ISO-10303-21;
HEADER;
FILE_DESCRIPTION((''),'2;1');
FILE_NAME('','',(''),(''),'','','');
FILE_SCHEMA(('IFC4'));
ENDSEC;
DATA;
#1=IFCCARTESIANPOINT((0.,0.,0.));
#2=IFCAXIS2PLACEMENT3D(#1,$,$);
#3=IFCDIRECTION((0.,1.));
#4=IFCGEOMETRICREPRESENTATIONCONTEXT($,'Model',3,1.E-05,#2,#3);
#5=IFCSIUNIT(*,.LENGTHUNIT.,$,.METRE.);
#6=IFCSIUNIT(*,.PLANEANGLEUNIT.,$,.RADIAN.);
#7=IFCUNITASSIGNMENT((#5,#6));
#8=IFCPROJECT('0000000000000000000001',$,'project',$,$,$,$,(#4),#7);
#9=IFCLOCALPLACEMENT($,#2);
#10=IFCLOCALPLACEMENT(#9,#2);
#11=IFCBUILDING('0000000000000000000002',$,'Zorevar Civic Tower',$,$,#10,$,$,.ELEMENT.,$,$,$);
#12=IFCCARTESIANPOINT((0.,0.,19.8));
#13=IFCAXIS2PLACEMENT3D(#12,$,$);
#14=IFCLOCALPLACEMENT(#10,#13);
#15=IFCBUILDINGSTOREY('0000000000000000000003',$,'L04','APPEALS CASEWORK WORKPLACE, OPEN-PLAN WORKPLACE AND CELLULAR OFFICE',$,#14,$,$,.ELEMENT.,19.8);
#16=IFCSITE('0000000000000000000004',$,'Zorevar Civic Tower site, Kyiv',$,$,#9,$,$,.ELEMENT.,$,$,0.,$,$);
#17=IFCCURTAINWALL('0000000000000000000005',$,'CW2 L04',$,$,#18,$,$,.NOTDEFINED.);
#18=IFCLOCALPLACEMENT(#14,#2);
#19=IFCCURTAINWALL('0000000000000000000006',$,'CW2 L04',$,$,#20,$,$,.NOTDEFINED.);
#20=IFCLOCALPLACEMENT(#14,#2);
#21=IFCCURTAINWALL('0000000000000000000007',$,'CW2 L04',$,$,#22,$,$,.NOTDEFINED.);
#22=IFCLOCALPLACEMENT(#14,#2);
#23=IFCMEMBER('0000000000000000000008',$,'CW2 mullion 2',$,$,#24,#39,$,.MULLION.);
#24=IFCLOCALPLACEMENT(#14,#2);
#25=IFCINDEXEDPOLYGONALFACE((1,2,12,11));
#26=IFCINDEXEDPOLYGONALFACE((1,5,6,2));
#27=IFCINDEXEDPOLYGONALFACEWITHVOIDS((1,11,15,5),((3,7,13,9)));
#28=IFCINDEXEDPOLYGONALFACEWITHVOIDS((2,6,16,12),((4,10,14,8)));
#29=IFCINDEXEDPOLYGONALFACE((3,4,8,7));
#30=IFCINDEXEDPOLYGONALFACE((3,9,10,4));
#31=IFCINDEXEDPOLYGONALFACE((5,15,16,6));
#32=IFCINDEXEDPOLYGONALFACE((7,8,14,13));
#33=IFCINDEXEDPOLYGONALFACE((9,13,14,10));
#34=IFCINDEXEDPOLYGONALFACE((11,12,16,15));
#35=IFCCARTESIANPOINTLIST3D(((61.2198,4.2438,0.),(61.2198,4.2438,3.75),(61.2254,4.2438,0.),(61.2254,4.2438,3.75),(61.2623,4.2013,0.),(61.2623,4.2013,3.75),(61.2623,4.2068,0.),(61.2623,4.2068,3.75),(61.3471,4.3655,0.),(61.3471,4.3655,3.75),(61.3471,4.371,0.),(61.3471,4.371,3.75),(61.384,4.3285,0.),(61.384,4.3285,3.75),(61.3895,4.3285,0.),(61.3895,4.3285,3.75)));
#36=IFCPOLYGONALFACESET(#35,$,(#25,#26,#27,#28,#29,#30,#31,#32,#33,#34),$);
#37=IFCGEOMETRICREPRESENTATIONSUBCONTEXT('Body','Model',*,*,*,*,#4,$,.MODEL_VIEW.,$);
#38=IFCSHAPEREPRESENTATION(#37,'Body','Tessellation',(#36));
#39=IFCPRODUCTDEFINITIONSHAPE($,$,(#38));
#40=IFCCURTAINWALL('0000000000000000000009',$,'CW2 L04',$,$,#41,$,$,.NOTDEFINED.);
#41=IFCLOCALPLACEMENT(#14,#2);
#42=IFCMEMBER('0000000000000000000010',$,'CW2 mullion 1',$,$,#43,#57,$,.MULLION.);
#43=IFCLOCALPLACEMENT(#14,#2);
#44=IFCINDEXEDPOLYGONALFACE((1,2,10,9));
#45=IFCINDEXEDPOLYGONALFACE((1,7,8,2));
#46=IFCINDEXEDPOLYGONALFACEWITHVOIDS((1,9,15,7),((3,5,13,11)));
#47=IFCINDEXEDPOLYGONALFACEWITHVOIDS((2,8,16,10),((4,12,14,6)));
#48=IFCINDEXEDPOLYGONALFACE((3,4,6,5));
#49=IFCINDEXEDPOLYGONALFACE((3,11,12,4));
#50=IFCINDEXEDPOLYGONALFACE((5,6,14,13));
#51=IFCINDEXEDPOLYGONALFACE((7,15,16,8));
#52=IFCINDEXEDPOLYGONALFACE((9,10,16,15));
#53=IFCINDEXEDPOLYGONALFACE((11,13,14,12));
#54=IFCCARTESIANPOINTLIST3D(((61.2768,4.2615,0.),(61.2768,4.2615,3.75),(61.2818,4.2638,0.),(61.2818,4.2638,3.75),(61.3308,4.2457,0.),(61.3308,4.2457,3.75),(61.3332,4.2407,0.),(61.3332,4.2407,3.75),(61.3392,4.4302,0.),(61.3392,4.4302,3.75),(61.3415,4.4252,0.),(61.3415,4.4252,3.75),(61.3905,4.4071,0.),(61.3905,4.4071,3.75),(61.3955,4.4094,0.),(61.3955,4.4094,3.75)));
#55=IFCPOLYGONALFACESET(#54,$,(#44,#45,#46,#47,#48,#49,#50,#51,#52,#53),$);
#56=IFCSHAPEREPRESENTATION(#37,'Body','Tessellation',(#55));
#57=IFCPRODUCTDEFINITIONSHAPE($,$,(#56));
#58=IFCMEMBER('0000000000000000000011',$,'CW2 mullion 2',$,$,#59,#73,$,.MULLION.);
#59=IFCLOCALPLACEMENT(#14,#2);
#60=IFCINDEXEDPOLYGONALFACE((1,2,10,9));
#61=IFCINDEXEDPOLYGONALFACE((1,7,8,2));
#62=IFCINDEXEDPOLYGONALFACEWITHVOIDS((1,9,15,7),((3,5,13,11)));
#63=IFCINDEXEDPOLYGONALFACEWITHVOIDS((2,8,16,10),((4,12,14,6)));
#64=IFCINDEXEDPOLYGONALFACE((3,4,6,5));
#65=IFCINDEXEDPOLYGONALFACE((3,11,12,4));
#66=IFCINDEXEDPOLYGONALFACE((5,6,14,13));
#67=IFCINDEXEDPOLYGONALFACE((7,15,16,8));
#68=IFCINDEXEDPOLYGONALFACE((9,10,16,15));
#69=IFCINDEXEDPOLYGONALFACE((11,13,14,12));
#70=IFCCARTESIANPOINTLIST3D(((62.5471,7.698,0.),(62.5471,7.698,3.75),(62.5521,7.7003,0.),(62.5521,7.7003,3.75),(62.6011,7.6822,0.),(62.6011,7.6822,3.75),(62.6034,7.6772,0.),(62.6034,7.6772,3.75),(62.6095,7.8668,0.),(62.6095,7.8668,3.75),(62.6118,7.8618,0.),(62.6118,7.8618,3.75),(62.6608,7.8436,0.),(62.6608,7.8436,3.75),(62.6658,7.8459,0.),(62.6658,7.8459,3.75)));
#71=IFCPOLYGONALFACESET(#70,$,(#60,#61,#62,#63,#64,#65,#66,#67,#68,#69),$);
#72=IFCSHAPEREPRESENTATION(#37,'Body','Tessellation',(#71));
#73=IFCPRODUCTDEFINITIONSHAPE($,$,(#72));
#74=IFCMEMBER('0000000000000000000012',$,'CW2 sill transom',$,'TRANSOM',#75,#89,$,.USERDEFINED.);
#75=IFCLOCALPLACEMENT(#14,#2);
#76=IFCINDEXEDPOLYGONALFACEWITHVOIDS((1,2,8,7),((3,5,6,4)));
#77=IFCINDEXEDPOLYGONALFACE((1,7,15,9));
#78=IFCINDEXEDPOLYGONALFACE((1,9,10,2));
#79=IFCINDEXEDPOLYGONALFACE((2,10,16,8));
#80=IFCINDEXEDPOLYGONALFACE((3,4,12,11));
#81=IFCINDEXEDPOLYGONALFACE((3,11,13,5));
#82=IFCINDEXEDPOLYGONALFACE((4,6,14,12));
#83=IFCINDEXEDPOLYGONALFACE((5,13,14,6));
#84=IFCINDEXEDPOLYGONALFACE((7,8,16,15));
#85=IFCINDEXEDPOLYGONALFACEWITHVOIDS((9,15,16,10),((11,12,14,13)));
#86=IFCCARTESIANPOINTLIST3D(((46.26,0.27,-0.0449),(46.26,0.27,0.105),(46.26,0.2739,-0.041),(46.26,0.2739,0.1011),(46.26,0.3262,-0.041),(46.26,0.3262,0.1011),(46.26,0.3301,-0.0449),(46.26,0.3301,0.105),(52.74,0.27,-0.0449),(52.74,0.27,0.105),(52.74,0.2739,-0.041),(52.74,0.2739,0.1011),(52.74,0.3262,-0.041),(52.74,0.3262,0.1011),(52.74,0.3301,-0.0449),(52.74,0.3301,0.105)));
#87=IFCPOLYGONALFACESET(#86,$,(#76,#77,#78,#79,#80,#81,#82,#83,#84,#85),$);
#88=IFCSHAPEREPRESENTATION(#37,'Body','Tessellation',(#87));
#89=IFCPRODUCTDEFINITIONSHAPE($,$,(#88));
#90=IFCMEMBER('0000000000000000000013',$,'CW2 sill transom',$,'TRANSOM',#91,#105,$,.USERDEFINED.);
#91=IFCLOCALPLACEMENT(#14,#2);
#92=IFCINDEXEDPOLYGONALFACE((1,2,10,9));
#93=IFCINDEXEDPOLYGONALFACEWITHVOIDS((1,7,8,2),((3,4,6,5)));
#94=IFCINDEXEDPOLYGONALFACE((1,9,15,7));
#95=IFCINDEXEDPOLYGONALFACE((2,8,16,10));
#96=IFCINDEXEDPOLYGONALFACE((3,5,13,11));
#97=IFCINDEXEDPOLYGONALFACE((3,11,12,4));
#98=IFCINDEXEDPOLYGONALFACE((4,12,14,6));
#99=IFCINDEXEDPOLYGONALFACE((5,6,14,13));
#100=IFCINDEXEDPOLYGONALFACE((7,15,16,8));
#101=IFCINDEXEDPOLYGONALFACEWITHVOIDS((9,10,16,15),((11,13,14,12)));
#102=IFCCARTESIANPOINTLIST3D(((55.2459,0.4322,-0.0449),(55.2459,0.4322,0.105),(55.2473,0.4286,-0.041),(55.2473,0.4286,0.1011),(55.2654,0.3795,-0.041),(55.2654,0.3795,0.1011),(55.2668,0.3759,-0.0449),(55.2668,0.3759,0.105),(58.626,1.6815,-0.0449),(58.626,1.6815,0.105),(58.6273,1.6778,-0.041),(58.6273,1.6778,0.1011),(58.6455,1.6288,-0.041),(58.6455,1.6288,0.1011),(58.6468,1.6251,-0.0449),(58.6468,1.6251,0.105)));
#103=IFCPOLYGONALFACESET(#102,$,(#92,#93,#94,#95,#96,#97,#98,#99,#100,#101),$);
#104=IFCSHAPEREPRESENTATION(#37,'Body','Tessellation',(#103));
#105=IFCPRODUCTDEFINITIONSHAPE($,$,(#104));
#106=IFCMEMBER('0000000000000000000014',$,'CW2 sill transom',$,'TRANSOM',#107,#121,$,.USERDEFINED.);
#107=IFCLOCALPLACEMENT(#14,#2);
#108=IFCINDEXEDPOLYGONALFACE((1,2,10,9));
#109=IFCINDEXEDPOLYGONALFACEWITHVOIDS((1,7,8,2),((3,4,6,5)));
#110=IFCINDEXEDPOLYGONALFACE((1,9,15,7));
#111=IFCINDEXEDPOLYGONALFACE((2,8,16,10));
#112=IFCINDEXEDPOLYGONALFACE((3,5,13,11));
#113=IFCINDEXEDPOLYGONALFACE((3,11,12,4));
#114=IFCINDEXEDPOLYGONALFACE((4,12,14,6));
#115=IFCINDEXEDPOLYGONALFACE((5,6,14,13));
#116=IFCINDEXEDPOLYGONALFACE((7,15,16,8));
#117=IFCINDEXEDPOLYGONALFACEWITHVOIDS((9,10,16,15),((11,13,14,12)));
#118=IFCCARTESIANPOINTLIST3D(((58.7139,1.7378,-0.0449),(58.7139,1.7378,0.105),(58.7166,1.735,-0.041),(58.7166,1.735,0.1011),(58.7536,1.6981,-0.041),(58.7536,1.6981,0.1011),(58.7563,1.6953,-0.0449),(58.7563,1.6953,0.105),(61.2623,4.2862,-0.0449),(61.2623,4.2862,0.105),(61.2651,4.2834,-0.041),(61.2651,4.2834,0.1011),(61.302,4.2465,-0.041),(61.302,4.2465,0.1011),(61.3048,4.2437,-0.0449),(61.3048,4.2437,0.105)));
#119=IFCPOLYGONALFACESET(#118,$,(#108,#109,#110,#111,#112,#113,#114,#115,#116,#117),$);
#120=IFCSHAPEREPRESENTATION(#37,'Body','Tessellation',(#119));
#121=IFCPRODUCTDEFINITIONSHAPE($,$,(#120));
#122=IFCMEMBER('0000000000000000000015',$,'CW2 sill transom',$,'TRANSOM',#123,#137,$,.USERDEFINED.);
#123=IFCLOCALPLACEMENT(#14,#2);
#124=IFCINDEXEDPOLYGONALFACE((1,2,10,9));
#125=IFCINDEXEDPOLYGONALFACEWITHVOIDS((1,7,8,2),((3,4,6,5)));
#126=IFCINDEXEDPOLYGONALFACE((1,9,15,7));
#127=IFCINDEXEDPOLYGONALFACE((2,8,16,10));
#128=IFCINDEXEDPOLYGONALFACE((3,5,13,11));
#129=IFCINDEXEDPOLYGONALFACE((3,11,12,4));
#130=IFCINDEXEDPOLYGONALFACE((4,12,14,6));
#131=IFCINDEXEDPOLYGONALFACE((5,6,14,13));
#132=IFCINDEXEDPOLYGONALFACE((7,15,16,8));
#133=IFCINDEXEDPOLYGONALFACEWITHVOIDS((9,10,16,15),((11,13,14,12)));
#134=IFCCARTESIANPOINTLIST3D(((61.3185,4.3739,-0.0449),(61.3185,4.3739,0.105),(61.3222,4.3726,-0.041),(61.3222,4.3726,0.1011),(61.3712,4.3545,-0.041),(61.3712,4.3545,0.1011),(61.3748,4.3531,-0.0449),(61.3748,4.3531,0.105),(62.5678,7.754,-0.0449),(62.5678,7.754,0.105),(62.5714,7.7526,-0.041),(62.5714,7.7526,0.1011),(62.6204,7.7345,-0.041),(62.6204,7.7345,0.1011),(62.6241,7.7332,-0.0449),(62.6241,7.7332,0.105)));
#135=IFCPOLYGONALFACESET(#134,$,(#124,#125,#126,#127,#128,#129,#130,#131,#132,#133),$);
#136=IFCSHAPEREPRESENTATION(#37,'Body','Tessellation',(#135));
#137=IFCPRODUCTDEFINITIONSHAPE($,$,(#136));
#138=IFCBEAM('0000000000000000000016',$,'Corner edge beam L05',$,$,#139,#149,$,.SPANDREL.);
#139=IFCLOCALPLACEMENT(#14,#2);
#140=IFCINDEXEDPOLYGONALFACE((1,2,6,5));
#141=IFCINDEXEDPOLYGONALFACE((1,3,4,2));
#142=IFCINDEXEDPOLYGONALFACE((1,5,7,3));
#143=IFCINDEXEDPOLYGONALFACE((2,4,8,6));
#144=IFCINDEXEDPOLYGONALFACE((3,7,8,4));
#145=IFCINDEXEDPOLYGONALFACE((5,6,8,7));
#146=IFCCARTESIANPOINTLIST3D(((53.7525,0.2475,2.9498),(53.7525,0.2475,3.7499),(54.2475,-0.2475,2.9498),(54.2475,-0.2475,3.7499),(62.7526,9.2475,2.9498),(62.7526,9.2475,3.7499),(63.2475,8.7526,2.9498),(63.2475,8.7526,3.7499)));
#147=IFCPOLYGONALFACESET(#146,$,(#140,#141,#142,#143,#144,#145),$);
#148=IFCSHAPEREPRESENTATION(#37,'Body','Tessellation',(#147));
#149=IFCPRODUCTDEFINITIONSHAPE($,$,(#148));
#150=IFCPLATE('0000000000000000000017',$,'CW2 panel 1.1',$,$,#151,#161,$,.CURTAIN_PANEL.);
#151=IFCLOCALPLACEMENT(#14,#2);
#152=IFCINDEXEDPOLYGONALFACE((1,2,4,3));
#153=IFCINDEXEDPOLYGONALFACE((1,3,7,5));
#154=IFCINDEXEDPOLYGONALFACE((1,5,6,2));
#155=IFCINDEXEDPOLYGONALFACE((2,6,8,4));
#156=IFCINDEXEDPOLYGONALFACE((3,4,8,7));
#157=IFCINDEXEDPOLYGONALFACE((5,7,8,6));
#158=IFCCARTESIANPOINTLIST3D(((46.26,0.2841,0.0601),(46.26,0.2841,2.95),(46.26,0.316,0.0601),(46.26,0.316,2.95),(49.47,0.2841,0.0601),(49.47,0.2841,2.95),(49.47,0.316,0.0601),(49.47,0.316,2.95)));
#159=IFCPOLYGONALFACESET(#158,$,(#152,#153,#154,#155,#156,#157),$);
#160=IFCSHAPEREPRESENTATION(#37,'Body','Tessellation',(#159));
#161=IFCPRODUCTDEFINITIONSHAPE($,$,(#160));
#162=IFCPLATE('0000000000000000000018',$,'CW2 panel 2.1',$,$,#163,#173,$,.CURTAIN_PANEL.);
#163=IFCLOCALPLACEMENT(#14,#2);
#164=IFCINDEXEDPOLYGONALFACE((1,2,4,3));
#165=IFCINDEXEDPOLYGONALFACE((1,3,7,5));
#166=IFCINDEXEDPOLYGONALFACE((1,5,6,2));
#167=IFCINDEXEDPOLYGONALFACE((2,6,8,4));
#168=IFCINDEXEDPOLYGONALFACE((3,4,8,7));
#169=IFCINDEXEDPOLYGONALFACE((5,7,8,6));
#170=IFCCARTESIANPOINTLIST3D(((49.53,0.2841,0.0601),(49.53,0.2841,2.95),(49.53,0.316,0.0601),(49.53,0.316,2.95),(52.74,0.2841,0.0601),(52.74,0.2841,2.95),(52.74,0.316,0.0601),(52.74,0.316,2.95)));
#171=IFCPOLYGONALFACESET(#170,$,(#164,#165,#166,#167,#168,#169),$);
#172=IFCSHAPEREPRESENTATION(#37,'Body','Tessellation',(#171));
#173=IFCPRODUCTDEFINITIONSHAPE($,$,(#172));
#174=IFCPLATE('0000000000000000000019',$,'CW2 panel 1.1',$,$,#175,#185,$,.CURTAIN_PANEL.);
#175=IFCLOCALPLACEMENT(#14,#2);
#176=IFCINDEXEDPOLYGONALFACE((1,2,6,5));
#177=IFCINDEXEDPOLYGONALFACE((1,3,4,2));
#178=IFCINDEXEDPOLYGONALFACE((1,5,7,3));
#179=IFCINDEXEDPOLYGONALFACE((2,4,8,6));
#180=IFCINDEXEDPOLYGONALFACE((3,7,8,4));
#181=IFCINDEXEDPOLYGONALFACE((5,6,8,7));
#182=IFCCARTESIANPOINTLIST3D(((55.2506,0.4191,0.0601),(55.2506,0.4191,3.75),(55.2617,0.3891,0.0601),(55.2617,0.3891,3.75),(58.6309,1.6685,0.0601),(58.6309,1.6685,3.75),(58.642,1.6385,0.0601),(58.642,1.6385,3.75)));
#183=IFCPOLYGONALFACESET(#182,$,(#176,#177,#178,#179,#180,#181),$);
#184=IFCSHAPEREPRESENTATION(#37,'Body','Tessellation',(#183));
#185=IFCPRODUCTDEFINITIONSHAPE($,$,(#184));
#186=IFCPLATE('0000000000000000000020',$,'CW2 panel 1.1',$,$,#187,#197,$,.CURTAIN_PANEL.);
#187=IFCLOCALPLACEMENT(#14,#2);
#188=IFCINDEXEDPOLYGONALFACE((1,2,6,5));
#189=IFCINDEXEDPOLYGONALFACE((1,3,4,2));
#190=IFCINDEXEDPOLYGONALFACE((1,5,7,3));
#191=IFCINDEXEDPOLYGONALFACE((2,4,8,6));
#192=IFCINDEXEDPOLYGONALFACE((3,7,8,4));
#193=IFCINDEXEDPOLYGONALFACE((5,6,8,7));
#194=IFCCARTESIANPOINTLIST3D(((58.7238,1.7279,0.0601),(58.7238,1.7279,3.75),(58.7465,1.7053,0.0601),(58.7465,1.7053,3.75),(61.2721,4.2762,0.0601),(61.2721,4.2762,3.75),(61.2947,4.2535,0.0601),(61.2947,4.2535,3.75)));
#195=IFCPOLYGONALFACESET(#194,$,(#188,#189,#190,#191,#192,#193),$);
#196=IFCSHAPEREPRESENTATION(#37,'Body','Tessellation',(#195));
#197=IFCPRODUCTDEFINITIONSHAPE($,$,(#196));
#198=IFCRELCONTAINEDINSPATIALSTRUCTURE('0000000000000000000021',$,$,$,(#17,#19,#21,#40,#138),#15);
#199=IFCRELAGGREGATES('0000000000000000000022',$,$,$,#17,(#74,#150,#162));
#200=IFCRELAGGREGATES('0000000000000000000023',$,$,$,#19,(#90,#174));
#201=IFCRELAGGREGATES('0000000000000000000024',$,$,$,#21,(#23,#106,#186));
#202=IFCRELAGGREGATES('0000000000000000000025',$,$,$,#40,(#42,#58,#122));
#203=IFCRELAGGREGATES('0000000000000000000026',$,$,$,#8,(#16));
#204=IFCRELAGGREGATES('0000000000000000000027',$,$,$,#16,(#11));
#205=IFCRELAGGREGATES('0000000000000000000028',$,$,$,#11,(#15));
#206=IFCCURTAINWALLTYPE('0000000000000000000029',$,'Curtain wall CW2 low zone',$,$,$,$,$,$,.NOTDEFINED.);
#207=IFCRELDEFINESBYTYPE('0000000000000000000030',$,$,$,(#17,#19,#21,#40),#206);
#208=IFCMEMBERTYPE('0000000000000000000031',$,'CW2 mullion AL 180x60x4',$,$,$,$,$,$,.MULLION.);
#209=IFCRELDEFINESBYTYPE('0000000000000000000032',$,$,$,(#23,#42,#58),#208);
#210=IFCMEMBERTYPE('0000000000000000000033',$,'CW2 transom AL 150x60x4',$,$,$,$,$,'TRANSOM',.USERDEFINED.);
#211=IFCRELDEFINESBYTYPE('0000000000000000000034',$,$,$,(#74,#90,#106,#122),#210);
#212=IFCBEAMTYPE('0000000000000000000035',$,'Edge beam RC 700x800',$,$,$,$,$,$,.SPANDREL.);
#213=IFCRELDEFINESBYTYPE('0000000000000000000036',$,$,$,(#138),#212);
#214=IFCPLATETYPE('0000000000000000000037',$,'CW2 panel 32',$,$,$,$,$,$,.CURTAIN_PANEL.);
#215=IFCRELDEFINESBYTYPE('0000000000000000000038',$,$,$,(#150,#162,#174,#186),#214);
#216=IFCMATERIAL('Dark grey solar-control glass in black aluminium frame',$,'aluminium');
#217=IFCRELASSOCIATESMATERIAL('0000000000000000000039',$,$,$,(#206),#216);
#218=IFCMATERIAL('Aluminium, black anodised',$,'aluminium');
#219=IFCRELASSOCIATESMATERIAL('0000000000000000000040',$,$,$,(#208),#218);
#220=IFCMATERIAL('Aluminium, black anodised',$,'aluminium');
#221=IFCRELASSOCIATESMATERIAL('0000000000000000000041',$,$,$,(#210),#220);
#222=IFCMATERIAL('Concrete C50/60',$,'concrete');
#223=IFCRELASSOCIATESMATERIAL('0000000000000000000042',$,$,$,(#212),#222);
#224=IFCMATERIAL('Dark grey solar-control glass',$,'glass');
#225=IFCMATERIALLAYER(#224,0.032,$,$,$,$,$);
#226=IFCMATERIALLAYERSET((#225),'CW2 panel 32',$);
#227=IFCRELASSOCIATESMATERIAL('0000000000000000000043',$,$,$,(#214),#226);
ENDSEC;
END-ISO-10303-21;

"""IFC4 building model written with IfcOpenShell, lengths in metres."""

from ifc_helpers import new_model, si_unit, direction, frame, origin, origin_2d, place, context, subcontext, project, spatial, rectangle, hollow_rectangle, extrude, material, layer, layer_set, material_profile, profile_set, type_object, element, aggregate, save


model = new_model("IFC4")

# Units and contexts
model_context = context("Model", 3, precision=1e-05, world=origin(), true_north=direction((0.0, 1.0)))
body_context = subcontext(model_context, "Body", "Model", "MODEL_VIEW")
ifc_project = project(units=[si_unit("LENGTHUNIT", "METRE"), si_unit("PLANEANGLEUNIT", "RADIAN")], contexts=[model_context])

# Site, building, storey
site_placement = place(None, origin())
site = spatial("IfcSite", under=ifc_project, at=site_placement, Name="Zorevar Civic Tower site, Kyiv", CompositionType="ELEMENT", RefElevation=0.0)
building_placement = place(site_placement, origin())
building = spatial("IfcBuilding", under=site, at=building_placement, Name="Zorevar Civic Tower", CompositionType="ELEMENT")
storey_placement = place(building_placement, frame((0.0, 0.0, 19.8)))
storey = spatial("IfcBuildingStorey", under=building, at=storey_placement, Name="L04", Description="APPEALS CASEWORK WORKPLACE, OPEN-PLAN WORKPLACE AND CELLULAR OFFICE", CompositionType="ELEMENT", Elevation=19.8)

# Curtain walls, members
ifc_material_1 = material(Name="Dark grey solar-control glass in black aluminium frame", Category="aluminium")
curtain_wall_type = type_object("IfcCurtainWallType", Name="Curtain wall CW2 low zone", PredefinedType="NOTDEFINED", material=ifc_material_1)
curtain_wall_1_placement = place(storey_placement, origin())
curtain_wall_1 = element("IfcCurtainWall", 1, at=curtain_wall_1_placement, inside=storey, type_object=curtain_wall_type, Name="CW2 L04", PredefinedType="NOTDEFINED")
ifc_material_2 = material(Name="Aluminium, black anodised", Category="aluminium")
ifc_material_profile_1 = material_profile(ifc_material_2, hollow_rectangle(XDim=0.0601, YDim=0.1799, WallThickness=0.0039, at=origin_2d()), Name="AL 180x60x4")
ifc_profile_set_1 = profile_set([ifc_material_profile_1], Name="Aluminium, black anodised")
member_type_1 = type_object("IfcMemberType", Name="CW2 mullion AL 180x60x4", PredefinedType="MULLION", material=ifc_profile_set_1)
curtain_wall_2_placement = place(storey_placement, origin())
curtain_wall_2 = element("IfcCurtainWall", 2, at=curtain_wall_2_placement, inside=storey, type_object=curtain_wall_type, Name="CW2 L04", PredefinedType="NOTDEFINED")
curtain_wall_3_placement = place(storey_placement, origin())
curtain_wall_3 = element("IfcCurtainWall", 3, at=curtain_wall_3_placement, inside=storey, type_object=curtain_wall_type, Name="CW2 L04", PredefinedType="NOTDEFINED")
member_1_placement = place(storey_placement, frame((61.3047, 4.2861, 0.0), z_axis=(0.0, 0.0, 1.0), x_axis=(-0.707107, 0.707107, 0.0)))
member_1 = element("IfcMember", 4, at=member_1_placement, type_object=member_type_1, Name="CW2 mullion 2", PredefinedType="MULLION", context=body_context, shape_type="SweptSolid", body=[
    extrude(hollow_rectangle(XDim=0.0601, YDim=0.1799, WallThickness=0.0039, at=origin_2d()), origin(), (0.0, 0.0, 1.0), 3.75),
])
curtain_wall_4_placement = place(storey_placement, origin())
curtain_wall_4 = element("IfcCurtainWall", 5, at=curtain_wall_4_placement, inside=storey, type_object=curtain_wall_type, Name="CW2 L04", PredefinedType="NOTDEFINED")
member_2_placement = place(storey_placement, frame((61.3362, 4.3354, 0.0), z_axis=(0.0, 0.0, 1.0), x_axis=(-0.937975, 0.346704, 0.0)))
member_2 = element("IfcMember", 6, at=member_2_placement, type_object=member_type_1, Name="CW2 mullion 1", PredefinedType="MULLION", context=body_context, shape_type="SweptSolid", body=[
    extrude(hollow_rectangle(XDim=0.0601, YDim=0.1799, WallThickness=0.0039, at=origin_2d()), origin(), (0.0, 0.0, 1.0), 3.75),
])
member_3_placement = place(storey_placement, frame((62.6064, 7.772, 0.0), z_axis=(0.0, 0.0, 1.0), x_axis=(-0.937975, 0.346704, 0.0)))
member_3 = element("IfcMember", 7, at=member_3_placement, type_object=member_type_1, Name="CW2 mullion 2", PredefinedType="MULLION", context=body_context, shape_type="SweptSolid", body=[
    extrude(hollow_rectangle(XDim=0.0601, YDim=0.1799, WallThickness=0.0039, at=origin_2d()), origin(), (0.0, 0.0, 1.0), 3.75),
])

# Members
ifc_material_3 = material(Name="Aluminium, black anodised", Category="aluminium")
ifc_material_profile_2 = material_profile(ifc_material_3, hollow_rectangle(XDim=0.0601, YDim=0.1499, WallThickness=0.0039, at=origin_2d()), Name="AL 150x60x4")
ifc_profile_set_2 = profile_set([ifc_material_profile_2], Name="Aluminium, black anodised")
member_type_2 = type_object("IfcMemberType", Name="CW2 transom AL 150x60x4", ElementType="TRANSOM", PredefinedType="USERDEFINED", material=ifc_profile_set_2)
member_4_placement = place(storey_placement, frame((46.26, 0.3, 0.03), z_axis=(1.0, 0.0, 0.0), x_axis=(0.0, 1.0, 0.0)))
member_4 = element("IfcMember", 8, at=member_4_placement, type_object=member_type_2, Name="CW2 sill transom", ObjectType="TRANSOM", PredefinedType="USERDEFINED", context=body_context, shape_type="SweptSolid", body=[
    extrude(hollow_rectangle(XDim=0.0601, YDim=0.1499, WallThickness=0.0039, at=origin_2d()), origin(), (0.0, 0.0, 1.0), 6.48),
])
member_5_placement = place(storey_placement, frame((55.2563, 0.4041, 0.03), z_axis=(0.937986, 0.346672, 0.0), x_axis=(-0.346672, 0.937986, 0.0)))
member_5 = element("IfcMember", 9, at=member_5_placement, type_object=member_type_2, Name="CW2 sill transom", ObjectType="TRANSOM", PredefinedType="USERDEFINED", context=body_context, shape_type="SweptSolid", body=[
    extrude(hollow_rectangle(XDim=0.0601, YDim=0.1499, WallThickness=0.0039, at=origin_2d()), origin(), (0.0, 0.0, 1.0), 3.6035),
])
member_6_placement = place(storey_placement, frame((58.7351, 1.7166, 0.03), z_axis=(0.707107, 0.707107, 0.0), x_axis=(-0.707107, 0.707107, 0.0)))
member_6 = element("IfcMember", 10, at=member_6_placement, type_object=member_type_2, Name="CW2 sill transom", ObjectType="TRANSOM", PredefinedType="USERDEFINED", context=body_context, shape_type="SweptSolid", body=[
    extrude(hollow_rectangle(XDim=0.0601, YDim=0.1499, WallThickness=0.0039, at=origin_2d()), origin(), (0.0, 0.0, 1.0), 3.604),
])
member_7_placement = place(storey_placement, frame((61.3467, 4.3635, 0.03), z_axis=(0.346672, 0.937986, 0.0), x_axis=(-0.937986, 0.346672, 0.0)))
member_7 = element("IfcMember", 11, at=member_7_placement, type_object=member_type_2, Name="CW2 sill transom", ObjectType="TRANSOM", PredefinedType="USERDEFINED", context=body_context, shape_type="SweptSolid", body=[
    extrude(hollow_rectangle(XDim=0.0601, YDim=0.1499, WallThickness=0.0039, at=origin_2d()), origin(), (0.0, 0.0, 1.0), 3.6035),
])

# Beam
ifc_material_4 = material(Name="Concrete C50/60", Category="concrete")
ifc_material_profile_3 = material_profile(ifc_material_4, rectangle(XDim=0.7, YDim=0.8, at=origin_2d()), Name="RC 700x800")
ifc_profile_set_3 = profile_set([ifc_material_profile_3], Name="Concrete C50/60")
beam_type_1 = type_object("IfcBeamType", Name="Edge beam RC 700x800", PredefinedType="SPANDREL", material=ifc_profile_set_3)
beam_1_placement = place(storey_placement, frame((54.0, 0.0, 3.3499), z_axis=(0.707107, 0.707107, 0.0), x_axis=(-0.707107, 0.707107, 0.0)))
element("IfcBeam", 12, at=beam_1_placement, inside=storey, type_object=beam_type_1, Name="Corner edge beam L05", PredefinedType="SPANDREL", context=body_context, shape_type="SweptSolid", body=[
    extrude(rectangle(XDim=0.7, YDim=0.8, at=origin_2d()), origin(), (0.0, 0.0, 1.0), 12.728),
])

# Plates
ifc_material_5 = material(Name="Dark grey solar-control glass", Category="glass")
ifc_layer_1 = layer(ifc_material_5, 0.032)
ifc_layer_set_1 = layer_set([ifc_layer_1], Name="CW2 panel 32")
plate_type = type_object("IfcPlateType", Name="CW2 panel 32", PredefinedType="CURTAIN_PANEL", material=ifc_layer_set_1)
plate_1_placement = place(storey_placement, frame((47.865, 0.3, 0.0601), z_axis=(0.0, 0.0, 1.0), x_axis=(1.0, 0.0, 0.0)))
plate_1 = element("IfcPlate", 13, at=plate_1_placement, type_object=plate_type, Name="CW2 panel 1.1", PredefinedType="CURTAIN_PANEL", context=body_context, shape_type="SweptSolid", body=[
    extrude(rectangle(XDim=3.21, YDim=0.032, at=origin_2d()), origin(), (0.0, 0.0, 1.0), 2.8899),
])
plate_2_placement = place(storey_placement, frame((51.135, 0.3, 0.0601), z_axis=(0.0, 0.0, 1.0), x_axis=(1.0, 0.0, 0.0)))
plate_2 = element("IfcPlate", 14, at=plate_2_placement, type_object=plate_type, Name="CW2 panel 2.1", PredefinedType="CURTAIN_PANEL", context=body_context, shape_type="SweptSolid", body=[
    extrude(rectangle(XDim=3.21, YDim=0.032, at=origin_2d()), origin(), (0.0, 0.0, 1.0), 2.8899),
])
aggregate(curtain_wall_1, [member_4, plate_1, plate_2])
plate_3_placement = place(storey_placement, frame((56.9463, 1.0288, 0.0601), z_axis=(0.0, 0.0, 1.0), x_axis=(0.937975, 0.346704, 0.0)))
plate_3 = element("IfcPlate", 15, at=plate_3_placement, type_object=plate_type, Name="CW2 panel 1.1", PredefinedType="CURTAIN_PANEL", context=body_context, shape_type="SweptSolid", body=[
    extrude(rectangle(XDim=3.6038, YDim=0.032, at=origin_2d()), origin(), (0.0, 0.0, 1.0), 3.6899),
])
aggregate(curtain_wall_2, [member_5, plate_3])
plate_4_placement = place(storey_placement, frame((60.0093, 2.9907, 0.0601), z_axis=(0.0, 0.0, 1.0), x_axis=(0.707107, 0.707107, 0.0)))
plate_4 = element("IfcPlate", 16, at=plate_4_placement, type_object=plate_type, Name="CW2 panel 1.1", PredefinedType="CURTAIN_PANEL", context=body_context, shape_type="SweptSolid", body=[
    extrude(rectangle(XDim=3.6038, YDim=0.032, at=origin_2d()), origin(), (0.0, 0.0, 1.0), 3.6899),
])
aggregate(curtain_wall_3, [member_1, member_6, plate_4])
aggregate(curtain_wall_4, [member_2, member_3, member_7])

save(model, "model.ifc")
